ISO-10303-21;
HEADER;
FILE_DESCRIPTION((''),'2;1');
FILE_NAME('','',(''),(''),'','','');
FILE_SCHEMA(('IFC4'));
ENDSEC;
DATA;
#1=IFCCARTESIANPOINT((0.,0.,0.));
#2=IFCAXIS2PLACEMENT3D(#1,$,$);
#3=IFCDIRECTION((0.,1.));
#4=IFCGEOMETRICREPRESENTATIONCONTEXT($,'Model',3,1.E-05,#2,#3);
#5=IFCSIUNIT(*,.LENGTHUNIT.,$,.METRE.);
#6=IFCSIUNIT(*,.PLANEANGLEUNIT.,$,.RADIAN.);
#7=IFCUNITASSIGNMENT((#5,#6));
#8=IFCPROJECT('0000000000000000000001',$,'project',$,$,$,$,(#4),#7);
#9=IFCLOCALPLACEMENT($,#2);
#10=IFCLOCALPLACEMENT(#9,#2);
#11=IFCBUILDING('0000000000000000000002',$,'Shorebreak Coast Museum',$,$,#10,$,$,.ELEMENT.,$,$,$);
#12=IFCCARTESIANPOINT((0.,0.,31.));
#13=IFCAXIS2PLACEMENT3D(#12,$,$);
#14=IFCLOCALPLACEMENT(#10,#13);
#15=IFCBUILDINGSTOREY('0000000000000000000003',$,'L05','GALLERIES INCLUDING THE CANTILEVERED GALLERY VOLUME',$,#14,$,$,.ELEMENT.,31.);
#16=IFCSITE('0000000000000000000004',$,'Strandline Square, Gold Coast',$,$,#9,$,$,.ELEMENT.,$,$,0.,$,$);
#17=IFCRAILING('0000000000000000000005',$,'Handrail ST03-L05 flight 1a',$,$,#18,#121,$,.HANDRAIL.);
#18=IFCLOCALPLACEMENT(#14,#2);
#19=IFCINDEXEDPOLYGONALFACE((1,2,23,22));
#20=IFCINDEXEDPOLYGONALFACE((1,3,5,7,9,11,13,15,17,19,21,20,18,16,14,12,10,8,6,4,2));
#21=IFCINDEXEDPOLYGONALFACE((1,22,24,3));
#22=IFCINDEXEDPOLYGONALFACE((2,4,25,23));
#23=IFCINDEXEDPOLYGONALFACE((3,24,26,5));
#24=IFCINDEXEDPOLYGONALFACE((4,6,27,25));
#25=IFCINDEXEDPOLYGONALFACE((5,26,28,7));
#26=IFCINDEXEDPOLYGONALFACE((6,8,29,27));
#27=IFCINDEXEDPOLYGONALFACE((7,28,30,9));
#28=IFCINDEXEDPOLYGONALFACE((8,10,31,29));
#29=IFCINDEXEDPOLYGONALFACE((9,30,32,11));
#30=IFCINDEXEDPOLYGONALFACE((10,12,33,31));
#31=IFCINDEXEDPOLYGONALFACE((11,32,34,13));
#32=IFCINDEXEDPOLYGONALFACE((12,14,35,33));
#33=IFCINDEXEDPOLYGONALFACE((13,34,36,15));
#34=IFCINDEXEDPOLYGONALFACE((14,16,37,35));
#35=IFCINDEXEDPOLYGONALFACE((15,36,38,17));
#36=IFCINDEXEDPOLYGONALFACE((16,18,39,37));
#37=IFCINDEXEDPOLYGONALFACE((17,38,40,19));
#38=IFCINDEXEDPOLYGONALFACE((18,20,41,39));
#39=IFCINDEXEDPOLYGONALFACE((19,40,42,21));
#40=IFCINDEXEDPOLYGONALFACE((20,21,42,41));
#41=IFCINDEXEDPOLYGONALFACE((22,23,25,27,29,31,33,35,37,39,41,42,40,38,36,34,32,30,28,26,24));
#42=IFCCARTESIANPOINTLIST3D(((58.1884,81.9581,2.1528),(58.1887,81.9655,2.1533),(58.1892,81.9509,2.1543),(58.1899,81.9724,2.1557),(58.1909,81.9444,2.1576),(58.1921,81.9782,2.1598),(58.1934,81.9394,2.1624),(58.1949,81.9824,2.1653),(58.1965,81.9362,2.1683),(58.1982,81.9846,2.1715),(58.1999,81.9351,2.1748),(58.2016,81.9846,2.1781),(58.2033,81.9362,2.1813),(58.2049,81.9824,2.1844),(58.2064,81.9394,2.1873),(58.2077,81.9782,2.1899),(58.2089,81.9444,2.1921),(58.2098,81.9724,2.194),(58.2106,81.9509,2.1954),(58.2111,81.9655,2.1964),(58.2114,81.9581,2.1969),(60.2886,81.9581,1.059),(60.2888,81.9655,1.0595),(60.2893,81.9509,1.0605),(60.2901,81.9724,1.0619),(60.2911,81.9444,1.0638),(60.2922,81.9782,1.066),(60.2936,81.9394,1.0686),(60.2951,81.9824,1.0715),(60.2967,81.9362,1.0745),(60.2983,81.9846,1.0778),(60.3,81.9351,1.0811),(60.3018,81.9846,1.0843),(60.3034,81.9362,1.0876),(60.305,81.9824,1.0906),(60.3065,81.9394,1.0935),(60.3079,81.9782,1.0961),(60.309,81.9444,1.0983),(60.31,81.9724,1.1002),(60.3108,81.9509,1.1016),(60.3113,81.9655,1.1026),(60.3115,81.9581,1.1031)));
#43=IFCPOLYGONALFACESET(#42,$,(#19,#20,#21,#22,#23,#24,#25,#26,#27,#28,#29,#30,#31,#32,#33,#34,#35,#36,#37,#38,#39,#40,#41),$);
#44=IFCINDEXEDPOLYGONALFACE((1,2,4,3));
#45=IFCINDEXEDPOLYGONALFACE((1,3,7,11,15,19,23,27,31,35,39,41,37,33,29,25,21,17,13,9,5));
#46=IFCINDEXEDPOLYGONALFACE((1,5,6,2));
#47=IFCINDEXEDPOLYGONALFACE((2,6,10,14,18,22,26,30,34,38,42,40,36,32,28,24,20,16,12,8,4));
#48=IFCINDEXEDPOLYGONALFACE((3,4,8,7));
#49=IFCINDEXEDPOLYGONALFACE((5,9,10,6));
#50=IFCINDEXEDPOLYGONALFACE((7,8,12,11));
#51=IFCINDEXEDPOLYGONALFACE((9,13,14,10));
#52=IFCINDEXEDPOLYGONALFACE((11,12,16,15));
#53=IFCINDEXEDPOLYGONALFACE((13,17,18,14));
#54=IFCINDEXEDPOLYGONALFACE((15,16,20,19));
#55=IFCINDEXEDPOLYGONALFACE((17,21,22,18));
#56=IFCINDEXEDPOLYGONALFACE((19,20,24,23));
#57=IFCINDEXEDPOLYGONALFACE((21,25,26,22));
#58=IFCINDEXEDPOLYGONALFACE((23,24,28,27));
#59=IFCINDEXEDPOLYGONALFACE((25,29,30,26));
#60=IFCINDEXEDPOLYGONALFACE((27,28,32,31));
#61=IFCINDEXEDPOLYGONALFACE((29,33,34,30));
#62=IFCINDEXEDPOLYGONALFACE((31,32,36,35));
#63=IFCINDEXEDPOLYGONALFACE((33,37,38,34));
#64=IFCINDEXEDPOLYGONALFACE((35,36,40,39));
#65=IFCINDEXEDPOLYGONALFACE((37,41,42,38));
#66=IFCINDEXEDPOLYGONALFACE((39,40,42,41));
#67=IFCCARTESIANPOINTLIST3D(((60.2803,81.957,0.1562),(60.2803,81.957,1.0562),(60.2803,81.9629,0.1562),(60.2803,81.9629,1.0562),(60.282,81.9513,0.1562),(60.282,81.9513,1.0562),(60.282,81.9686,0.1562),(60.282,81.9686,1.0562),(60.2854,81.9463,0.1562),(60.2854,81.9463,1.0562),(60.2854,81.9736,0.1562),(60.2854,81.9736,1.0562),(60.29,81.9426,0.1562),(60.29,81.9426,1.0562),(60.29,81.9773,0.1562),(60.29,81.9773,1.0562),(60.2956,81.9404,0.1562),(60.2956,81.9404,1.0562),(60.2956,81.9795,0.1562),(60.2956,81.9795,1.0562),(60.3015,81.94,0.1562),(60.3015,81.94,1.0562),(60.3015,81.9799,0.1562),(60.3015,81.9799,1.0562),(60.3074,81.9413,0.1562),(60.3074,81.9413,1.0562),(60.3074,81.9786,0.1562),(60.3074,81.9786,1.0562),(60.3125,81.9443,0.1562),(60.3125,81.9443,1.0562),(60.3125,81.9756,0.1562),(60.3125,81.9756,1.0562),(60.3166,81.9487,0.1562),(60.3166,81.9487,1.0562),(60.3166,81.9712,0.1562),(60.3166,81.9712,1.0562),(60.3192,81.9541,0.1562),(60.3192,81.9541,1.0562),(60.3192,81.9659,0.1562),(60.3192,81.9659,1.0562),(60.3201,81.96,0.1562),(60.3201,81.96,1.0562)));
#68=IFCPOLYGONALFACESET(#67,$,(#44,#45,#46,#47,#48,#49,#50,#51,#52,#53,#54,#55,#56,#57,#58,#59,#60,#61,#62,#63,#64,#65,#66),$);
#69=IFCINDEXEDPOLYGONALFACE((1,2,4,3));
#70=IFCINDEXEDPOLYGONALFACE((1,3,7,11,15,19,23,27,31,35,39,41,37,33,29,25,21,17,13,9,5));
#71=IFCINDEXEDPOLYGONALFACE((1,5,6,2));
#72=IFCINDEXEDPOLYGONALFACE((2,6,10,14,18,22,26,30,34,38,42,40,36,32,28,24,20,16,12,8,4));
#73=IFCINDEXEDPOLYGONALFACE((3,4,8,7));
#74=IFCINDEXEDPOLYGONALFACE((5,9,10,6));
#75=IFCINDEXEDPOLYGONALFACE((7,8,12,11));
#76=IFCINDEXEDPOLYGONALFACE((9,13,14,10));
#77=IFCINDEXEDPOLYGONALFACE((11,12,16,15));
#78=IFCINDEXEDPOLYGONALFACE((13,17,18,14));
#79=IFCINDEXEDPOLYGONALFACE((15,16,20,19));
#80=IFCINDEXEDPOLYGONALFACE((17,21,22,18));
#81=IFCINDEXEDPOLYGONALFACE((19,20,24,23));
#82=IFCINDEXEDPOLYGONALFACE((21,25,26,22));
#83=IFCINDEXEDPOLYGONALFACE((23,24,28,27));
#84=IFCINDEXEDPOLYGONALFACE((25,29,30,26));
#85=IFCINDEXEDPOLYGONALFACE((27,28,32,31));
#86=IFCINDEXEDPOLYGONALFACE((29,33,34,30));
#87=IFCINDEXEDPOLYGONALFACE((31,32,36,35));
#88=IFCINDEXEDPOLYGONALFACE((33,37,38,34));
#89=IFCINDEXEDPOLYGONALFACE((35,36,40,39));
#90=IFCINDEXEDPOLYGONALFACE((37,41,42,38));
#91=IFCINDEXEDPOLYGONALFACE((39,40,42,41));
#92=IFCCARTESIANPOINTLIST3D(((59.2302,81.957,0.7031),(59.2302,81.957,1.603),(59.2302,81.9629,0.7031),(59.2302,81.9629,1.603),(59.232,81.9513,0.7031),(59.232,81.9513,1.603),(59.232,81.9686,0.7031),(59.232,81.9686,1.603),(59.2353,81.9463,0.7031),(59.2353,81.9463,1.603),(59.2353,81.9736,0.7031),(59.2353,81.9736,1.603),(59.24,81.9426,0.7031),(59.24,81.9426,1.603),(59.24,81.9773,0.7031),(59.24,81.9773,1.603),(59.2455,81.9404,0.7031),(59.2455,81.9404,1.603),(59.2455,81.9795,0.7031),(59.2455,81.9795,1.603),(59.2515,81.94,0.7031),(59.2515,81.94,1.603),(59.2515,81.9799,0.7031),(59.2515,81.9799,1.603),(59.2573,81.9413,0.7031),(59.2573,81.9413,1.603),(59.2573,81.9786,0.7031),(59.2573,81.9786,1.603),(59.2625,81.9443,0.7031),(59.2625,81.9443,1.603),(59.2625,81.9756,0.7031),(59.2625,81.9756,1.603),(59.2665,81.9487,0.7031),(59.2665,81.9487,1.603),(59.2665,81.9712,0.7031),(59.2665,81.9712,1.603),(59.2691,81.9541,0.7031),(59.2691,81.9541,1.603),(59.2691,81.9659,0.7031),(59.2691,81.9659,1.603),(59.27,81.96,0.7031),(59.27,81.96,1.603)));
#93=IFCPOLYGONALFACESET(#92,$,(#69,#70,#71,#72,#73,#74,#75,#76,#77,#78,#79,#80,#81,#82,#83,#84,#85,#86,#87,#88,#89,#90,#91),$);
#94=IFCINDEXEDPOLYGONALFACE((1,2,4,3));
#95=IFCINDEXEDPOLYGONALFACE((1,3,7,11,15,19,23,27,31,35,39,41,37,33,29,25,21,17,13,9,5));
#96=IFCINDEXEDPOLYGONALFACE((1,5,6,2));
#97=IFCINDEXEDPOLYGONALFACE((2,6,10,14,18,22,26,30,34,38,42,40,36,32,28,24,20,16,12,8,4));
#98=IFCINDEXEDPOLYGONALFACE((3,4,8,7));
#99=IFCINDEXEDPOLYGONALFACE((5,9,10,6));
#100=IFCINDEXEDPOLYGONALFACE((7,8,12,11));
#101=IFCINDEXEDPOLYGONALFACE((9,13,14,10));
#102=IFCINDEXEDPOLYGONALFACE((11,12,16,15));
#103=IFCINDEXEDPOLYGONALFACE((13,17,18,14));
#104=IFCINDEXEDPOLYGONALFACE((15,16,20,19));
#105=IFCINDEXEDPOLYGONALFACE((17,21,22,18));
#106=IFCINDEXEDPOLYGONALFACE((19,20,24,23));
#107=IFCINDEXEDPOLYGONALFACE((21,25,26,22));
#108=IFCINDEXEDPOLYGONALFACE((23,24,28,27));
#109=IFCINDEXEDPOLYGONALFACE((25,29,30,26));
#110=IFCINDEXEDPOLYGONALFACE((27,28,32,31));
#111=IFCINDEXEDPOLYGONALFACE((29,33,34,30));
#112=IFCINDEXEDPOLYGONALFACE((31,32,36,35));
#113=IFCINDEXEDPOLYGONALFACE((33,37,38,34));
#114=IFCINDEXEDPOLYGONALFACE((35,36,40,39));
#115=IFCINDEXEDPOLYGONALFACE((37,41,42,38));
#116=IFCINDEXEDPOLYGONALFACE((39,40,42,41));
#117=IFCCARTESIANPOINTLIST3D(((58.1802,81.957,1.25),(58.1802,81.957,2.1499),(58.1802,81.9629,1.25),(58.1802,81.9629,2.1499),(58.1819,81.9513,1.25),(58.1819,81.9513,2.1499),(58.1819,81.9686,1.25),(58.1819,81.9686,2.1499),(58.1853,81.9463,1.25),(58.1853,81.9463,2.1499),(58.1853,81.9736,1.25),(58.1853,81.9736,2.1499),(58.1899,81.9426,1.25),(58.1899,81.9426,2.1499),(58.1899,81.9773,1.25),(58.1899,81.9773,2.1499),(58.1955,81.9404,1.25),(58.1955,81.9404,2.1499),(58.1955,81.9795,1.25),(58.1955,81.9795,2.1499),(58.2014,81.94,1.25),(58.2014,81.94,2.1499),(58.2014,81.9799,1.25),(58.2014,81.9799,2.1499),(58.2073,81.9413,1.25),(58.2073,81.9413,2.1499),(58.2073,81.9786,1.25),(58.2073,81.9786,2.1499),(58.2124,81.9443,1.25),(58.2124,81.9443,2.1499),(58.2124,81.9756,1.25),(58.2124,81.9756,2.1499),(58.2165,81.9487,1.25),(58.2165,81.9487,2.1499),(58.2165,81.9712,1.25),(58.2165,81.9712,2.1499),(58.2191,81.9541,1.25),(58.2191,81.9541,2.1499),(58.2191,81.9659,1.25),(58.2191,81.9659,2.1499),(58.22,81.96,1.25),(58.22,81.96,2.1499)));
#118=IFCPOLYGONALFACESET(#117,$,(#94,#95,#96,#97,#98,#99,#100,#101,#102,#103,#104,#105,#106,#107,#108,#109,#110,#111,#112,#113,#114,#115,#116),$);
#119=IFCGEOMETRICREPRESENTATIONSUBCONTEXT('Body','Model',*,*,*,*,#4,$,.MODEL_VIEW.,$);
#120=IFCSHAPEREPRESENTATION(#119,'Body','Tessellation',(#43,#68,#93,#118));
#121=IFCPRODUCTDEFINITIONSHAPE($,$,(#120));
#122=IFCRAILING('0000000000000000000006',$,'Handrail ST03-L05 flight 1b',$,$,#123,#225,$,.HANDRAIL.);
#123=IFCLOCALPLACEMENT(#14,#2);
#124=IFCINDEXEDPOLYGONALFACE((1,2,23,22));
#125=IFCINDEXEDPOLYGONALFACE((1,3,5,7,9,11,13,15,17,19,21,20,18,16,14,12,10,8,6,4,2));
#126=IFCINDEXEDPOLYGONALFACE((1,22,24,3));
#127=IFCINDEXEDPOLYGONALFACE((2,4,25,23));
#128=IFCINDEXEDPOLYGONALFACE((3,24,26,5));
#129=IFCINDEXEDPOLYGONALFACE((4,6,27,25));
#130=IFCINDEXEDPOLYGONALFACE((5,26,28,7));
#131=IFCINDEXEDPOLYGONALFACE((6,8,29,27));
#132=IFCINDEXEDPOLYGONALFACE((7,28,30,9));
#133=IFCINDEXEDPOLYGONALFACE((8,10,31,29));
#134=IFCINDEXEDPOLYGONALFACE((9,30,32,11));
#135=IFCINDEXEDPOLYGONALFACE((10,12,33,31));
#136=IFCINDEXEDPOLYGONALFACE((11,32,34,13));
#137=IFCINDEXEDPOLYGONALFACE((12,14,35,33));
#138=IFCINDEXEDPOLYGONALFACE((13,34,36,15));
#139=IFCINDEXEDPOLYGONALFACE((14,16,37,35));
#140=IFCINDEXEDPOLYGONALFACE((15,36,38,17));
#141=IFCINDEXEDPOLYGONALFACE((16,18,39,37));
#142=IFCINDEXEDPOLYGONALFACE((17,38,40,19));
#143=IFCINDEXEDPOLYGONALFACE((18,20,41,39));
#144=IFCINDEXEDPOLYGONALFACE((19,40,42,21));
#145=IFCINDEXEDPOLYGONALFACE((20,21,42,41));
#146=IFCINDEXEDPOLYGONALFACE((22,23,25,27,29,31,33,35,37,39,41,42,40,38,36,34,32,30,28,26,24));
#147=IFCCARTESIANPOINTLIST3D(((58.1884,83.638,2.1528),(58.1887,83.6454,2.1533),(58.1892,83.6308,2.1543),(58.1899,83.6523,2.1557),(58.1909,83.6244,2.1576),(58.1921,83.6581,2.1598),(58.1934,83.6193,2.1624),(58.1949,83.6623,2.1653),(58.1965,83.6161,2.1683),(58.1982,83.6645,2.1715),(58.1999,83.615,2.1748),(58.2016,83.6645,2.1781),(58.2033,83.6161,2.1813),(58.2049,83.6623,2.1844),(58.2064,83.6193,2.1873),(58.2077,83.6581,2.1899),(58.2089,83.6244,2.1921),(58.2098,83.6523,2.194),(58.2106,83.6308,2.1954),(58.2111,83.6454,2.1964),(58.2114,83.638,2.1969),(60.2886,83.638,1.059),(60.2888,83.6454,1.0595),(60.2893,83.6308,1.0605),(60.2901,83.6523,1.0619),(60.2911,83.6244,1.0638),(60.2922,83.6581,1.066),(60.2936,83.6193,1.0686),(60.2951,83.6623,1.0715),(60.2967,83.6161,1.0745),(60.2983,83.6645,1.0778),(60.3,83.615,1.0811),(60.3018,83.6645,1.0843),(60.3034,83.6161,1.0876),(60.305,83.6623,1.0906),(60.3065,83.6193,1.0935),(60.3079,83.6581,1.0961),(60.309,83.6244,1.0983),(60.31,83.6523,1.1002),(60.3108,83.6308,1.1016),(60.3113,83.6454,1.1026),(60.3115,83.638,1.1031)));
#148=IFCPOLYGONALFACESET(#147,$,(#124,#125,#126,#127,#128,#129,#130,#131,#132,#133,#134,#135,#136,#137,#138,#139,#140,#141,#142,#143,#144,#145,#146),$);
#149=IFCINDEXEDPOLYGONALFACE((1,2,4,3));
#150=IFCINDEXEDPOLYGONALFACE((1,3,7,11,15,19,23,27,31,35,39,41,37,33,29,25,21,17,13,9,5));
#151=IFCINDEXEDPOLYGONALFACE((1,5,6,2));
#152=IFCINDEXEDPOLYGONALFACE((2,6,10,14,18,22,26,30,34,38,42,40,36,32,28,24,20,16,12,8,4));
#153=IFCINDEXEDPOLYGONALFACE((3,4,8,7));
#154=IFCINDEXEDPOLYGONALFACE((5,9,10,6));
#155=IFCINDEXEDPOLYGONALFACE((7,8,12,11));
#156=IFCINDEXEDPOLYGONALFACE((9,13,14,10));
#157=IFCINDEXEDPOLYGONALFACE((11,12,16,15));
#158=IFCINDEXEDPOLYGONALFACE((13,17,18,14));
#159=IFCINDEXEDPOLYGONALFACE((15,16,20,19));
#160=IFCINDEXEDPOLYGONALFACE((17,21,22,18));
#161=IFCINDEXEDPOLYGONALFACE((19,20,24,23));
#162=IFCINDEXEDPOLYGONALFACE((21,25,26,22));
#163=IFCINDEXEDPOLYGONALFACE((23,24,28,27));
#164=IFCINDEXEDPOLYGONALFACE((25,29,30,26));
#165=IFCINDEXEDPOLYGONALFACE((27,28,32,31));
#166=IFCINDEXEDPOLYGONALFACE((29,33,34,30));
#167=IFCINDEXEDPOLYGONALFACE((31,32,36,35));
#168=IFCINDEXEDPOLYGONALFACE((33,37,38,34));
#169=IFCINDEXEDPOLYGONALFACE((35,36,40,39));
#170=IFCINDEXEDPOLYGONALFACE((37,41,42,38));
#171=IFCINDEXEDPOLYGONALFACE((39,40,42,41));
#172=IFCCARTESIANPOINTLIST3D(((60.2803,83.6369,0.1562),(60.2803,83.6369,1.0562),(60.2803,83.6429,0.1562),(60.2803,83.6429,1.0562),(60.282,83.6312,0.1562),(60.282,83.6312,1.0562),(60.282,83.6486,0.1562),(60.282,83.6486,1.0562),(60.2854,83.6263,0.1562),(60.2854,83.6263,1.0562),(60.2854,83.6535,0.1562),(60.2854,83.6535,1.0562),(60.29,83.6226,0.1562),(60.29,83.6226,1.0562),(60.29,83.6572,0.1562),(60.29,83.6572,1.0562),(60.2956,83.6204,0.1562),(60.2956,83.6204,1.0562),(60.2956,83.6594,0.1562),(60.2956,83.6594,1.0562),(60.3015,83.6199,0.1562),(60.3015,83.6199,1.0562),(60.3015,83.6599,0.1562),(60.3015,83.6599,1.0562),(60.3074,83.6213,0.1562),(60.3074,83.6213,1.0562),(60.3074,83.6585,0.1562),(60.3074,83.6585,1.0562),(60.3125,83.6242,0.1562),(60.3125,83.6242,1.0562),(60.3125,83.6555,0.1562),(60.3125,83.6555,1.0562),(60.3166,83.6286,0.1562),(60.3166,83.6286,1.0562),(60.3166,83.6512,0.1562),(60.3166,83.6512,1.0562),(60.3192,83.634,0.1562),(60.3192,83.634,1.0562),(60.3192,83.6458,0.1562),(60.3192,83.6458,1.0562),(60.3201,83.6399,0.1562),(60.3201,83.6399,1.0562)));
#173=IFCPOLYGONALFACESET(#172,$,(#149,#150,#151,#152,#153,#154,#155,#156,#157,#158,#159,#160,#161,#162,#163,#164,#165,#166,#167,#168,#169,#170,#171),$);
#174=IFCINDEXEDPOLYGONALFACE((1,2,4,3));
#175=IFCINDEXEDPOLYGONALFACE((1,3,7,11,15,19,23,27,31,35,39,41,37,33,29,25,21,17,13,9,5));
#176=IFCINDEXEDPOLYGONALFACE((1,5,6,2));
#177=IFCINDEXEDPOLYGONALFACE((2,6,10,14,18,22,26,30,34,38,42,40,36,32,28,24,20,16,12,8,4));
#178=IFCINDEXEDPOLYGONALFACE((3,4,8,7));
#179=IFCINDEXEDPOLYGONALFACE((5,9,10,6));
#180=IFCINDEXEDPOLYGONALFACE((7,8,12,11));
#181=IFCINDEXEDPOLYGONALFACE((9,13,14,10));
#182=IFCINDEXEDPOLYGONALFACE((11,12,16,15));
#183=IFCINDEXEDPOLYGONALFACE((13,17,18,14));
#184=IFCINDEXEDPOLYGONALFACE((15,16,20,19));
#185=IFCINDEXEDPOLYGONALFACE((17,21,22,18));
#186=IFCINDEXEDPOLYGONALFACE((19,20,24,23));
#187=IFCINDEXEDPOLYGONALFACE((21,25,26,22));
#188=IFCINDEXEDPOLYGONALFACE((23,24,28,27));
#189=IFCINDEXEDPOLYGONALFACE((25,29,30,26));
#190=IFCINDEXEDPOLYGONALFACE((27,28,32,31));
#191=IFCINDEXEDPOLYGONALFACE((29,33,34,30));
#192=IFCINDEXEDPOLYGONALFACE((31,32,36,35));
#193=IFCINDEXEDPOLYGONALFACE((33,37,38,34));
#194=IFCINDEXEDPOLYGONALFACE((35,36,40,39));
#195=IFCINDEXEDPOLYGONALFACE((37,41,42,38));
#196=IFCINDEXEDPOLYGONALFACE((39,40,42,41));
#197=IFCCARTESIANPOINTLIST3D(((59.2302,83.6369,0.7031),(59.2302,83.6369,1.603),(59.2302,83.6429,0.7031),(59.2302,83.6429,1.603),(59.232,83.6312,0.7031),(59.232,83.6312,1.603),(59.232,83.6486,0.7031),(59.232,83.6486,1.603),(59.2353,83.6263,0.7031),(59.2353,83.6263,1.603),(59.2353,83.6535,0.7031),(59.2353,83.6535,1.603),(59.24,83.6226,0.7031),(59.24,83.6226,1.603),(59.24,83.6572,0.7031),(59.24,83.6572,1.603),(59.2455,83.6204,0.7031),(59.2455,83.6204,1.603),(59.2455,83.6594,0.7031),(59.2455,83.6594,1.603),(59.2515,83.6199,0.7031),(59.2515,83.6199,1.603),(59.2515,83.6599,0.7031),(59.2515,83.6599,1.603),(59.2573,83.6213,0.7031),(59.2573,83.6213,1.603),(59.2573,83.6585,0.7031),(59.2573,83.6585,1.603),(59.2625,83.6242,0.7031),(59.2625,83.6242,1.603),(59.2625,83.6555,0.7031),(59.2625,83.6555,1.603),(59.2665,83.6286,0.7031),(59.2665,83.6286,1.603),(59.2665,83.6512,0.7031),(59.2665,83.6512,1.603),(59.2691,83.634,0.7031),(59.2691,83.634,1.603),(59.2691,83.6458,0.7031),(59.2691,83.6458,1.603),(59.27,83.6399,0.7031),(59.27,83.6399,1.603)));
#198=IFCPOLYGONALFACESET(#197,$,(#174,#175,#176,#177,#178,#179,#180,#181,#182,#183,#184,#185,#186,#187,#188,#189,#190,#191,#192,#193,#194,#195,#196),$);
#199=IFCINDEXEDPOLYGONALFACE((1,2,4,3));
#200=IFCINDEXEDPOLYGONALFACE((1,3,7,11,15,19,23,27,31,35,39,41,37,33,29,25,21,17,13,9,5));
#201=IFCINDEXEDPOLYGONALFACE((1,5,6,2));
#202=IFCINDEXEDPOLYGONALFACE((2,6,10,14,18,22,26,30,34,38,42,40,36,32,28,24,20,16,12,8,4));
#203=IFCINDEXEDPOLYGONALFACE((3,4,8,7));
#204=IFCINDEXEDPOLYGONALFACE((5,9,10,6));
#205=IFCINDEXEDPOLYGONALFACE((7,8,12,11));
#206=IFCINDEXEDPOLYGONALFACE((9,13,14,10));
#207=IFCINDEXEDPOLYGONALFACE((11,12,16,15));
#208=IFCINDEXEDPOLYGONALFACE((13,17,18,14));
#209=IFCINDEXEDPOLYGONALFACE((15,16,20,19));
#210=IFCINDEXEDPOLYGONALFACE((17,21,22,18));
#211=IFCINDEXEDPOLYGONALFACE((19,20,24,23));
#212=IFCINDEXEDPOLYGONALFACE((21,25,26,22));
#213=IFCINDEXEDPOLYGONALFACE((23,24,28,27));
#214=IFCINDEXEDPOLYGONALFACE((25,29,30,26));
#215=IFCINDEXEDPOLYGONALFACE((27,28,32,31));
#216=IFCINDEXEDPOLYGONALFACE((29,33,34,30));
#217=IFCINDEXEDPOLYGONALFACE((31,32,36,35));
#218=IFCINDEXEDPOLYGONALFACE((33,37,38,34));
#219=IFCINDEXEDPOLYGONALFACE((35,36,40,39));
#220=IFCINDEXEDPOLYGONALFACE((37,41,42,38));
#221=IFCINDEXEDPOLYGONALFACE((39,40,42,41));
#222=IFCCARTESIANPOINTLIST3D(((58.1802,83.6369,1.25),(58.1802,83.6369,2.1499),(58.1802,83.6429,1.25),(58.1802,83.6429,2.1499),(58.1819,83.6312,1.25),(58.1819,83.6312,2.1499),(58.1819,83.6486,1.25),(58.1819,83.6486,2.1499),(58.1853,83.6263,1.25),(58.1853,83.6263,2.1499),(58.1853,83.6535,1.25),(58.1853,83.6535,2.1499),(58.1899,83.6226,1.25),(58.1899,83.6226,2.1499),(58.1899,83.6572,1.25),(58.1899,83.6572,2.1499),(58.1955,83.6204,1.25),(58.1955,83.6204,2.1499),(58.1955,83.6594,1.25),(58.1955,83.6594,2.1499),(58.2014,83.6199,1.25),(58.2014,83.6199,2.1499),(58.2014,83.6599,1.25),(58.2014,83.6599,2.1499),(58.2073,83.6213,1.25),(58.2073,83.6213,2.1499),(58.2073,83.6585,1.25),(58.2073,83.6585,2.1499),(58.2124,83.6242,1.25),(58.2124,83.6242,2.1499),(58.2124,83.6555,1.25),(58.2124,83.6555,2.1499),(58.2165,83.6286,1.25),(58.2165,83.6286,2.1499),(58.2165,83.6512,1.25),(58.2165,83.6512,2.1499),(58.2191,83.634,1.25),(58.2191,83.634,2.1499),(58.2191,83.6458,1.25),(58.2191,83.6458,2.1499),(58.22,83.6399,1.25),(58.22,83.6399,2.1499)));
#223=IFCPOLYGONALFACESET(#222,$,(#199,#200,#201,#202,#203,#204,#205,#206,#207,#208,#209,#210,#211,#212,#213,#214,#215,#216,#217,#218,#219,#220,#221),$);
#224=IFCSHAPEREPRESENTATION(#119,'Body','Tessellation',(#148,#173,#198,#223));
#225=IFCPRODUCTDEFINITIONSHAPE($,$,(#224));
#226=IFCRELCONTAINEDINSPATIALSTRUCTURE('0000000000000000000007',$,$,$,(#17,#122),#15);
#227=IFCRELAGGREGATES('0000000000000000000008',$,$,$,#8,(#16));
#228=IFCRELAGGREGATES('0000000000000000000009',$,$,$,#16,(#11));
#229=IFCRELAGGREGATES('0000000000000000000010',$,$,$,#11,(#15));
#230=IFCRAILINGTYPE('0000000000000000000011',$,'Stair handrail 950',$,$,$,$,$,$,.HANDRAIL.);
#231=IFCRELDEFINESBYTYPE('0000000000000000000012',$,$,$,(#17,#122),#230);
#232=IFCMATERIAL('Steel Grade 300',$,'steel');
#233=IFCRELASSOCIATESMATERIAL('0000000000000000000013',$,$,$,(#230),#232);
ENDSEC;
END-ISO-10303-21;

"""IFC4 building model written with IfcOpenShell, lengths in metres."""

from ifc_helpers import new_model, si_unit, direction, frame, origin, origin_2d, place, context, subcontext, project, spatial, circle, extrude, material, type_object, element, save


model = new_model("IFC4")

# Units and contexts
model_context = context("Model", 3, precision=1e-05, world=origin(), true_north=direction((0.0, 1.0)))
body_context = subcontext(model_context, "Body", "Model", "MODEL_VIEW")
ifc_project = project(units=[si_unit("LENGTHUNIT", "METRE"), si_unit("PLANEANGLEUNIT", "RADIAN")], contexts=[model_context])

# Site, building, storey
site_placement = place(None, origin())
site = spatial("IfcSite", under=ifc_project, at=site_placement, Name="Strandline Square, Gold Coast", CompositionType="ELEMENT", RefElevation=0.0)
building_placement = place(site_placement, origin())
building = spatial("IfcBuilding", under=site, at=building_placement, Name="Shorebreak Coast Museum", CompositionType="ELEMENT")
storey_placement = place(building_placement, frame((0.0, 0.0, 31.0)))
storey = spatial("IfcBuildingStorey", under=building, at=storey_placement, Name="L05", Description="GALLERIES INCLUDING THE CANTILEVERED GALLERY VOLUME", CompositionType="ELEMENT", Elevation=31.0)

# Railings
ifc_material_1 = material(Name="Steel Grade 300", Category="steel")
railing_type_1 = type_object("IfcRailingType", Name="Stair handrail 950", PredefinedType="HANDRAIL", material=ifc_material_1)
for number, where, name in (
    (1, (60.3, 81.96, 0.1562), "Handrail ST03-L05 flight 1a"),
    (2, (60.3, 83.6399, 0.1562), "Handrail ST03-L05 flight 1b"),
):
    element("IfcRailing", number, at=place(storey_placement, frame(where)), inside=storey, type_object=railing_type_1, Name=name, PredefinedType="HANDRAIL", context=body_context, shape_type="SweptSolid", body=[
        extrude(circle(Radius=0.0249, at=origin_2d()), frame((0.0, 0.0, 0.9248), z_axis=(-0.886923, 0.0, 0.461918), x_axis=(0.0, -1.0, 0.0)), (0.0, 0.0, 1.0), 2.3679),
        extrude(circle(Radius=0.02, at=origin_2d()), origin(), (0.0, 0.0, 1.0), 0.8999),
        extrude(circle(Radius=0.02, at=origin_2d()), frame((-1.05, 0.0, 0.5469)), (0.0, 0.0, 1.0), 0.8999),
        extrude(circle(Radius=0.02, at=origin_2d()), frame((-2.1001, 0.0, 1.0938)), (0.0, 0.0, 1.0), 0.8999),
    ])

save(model, "model.ifc")
